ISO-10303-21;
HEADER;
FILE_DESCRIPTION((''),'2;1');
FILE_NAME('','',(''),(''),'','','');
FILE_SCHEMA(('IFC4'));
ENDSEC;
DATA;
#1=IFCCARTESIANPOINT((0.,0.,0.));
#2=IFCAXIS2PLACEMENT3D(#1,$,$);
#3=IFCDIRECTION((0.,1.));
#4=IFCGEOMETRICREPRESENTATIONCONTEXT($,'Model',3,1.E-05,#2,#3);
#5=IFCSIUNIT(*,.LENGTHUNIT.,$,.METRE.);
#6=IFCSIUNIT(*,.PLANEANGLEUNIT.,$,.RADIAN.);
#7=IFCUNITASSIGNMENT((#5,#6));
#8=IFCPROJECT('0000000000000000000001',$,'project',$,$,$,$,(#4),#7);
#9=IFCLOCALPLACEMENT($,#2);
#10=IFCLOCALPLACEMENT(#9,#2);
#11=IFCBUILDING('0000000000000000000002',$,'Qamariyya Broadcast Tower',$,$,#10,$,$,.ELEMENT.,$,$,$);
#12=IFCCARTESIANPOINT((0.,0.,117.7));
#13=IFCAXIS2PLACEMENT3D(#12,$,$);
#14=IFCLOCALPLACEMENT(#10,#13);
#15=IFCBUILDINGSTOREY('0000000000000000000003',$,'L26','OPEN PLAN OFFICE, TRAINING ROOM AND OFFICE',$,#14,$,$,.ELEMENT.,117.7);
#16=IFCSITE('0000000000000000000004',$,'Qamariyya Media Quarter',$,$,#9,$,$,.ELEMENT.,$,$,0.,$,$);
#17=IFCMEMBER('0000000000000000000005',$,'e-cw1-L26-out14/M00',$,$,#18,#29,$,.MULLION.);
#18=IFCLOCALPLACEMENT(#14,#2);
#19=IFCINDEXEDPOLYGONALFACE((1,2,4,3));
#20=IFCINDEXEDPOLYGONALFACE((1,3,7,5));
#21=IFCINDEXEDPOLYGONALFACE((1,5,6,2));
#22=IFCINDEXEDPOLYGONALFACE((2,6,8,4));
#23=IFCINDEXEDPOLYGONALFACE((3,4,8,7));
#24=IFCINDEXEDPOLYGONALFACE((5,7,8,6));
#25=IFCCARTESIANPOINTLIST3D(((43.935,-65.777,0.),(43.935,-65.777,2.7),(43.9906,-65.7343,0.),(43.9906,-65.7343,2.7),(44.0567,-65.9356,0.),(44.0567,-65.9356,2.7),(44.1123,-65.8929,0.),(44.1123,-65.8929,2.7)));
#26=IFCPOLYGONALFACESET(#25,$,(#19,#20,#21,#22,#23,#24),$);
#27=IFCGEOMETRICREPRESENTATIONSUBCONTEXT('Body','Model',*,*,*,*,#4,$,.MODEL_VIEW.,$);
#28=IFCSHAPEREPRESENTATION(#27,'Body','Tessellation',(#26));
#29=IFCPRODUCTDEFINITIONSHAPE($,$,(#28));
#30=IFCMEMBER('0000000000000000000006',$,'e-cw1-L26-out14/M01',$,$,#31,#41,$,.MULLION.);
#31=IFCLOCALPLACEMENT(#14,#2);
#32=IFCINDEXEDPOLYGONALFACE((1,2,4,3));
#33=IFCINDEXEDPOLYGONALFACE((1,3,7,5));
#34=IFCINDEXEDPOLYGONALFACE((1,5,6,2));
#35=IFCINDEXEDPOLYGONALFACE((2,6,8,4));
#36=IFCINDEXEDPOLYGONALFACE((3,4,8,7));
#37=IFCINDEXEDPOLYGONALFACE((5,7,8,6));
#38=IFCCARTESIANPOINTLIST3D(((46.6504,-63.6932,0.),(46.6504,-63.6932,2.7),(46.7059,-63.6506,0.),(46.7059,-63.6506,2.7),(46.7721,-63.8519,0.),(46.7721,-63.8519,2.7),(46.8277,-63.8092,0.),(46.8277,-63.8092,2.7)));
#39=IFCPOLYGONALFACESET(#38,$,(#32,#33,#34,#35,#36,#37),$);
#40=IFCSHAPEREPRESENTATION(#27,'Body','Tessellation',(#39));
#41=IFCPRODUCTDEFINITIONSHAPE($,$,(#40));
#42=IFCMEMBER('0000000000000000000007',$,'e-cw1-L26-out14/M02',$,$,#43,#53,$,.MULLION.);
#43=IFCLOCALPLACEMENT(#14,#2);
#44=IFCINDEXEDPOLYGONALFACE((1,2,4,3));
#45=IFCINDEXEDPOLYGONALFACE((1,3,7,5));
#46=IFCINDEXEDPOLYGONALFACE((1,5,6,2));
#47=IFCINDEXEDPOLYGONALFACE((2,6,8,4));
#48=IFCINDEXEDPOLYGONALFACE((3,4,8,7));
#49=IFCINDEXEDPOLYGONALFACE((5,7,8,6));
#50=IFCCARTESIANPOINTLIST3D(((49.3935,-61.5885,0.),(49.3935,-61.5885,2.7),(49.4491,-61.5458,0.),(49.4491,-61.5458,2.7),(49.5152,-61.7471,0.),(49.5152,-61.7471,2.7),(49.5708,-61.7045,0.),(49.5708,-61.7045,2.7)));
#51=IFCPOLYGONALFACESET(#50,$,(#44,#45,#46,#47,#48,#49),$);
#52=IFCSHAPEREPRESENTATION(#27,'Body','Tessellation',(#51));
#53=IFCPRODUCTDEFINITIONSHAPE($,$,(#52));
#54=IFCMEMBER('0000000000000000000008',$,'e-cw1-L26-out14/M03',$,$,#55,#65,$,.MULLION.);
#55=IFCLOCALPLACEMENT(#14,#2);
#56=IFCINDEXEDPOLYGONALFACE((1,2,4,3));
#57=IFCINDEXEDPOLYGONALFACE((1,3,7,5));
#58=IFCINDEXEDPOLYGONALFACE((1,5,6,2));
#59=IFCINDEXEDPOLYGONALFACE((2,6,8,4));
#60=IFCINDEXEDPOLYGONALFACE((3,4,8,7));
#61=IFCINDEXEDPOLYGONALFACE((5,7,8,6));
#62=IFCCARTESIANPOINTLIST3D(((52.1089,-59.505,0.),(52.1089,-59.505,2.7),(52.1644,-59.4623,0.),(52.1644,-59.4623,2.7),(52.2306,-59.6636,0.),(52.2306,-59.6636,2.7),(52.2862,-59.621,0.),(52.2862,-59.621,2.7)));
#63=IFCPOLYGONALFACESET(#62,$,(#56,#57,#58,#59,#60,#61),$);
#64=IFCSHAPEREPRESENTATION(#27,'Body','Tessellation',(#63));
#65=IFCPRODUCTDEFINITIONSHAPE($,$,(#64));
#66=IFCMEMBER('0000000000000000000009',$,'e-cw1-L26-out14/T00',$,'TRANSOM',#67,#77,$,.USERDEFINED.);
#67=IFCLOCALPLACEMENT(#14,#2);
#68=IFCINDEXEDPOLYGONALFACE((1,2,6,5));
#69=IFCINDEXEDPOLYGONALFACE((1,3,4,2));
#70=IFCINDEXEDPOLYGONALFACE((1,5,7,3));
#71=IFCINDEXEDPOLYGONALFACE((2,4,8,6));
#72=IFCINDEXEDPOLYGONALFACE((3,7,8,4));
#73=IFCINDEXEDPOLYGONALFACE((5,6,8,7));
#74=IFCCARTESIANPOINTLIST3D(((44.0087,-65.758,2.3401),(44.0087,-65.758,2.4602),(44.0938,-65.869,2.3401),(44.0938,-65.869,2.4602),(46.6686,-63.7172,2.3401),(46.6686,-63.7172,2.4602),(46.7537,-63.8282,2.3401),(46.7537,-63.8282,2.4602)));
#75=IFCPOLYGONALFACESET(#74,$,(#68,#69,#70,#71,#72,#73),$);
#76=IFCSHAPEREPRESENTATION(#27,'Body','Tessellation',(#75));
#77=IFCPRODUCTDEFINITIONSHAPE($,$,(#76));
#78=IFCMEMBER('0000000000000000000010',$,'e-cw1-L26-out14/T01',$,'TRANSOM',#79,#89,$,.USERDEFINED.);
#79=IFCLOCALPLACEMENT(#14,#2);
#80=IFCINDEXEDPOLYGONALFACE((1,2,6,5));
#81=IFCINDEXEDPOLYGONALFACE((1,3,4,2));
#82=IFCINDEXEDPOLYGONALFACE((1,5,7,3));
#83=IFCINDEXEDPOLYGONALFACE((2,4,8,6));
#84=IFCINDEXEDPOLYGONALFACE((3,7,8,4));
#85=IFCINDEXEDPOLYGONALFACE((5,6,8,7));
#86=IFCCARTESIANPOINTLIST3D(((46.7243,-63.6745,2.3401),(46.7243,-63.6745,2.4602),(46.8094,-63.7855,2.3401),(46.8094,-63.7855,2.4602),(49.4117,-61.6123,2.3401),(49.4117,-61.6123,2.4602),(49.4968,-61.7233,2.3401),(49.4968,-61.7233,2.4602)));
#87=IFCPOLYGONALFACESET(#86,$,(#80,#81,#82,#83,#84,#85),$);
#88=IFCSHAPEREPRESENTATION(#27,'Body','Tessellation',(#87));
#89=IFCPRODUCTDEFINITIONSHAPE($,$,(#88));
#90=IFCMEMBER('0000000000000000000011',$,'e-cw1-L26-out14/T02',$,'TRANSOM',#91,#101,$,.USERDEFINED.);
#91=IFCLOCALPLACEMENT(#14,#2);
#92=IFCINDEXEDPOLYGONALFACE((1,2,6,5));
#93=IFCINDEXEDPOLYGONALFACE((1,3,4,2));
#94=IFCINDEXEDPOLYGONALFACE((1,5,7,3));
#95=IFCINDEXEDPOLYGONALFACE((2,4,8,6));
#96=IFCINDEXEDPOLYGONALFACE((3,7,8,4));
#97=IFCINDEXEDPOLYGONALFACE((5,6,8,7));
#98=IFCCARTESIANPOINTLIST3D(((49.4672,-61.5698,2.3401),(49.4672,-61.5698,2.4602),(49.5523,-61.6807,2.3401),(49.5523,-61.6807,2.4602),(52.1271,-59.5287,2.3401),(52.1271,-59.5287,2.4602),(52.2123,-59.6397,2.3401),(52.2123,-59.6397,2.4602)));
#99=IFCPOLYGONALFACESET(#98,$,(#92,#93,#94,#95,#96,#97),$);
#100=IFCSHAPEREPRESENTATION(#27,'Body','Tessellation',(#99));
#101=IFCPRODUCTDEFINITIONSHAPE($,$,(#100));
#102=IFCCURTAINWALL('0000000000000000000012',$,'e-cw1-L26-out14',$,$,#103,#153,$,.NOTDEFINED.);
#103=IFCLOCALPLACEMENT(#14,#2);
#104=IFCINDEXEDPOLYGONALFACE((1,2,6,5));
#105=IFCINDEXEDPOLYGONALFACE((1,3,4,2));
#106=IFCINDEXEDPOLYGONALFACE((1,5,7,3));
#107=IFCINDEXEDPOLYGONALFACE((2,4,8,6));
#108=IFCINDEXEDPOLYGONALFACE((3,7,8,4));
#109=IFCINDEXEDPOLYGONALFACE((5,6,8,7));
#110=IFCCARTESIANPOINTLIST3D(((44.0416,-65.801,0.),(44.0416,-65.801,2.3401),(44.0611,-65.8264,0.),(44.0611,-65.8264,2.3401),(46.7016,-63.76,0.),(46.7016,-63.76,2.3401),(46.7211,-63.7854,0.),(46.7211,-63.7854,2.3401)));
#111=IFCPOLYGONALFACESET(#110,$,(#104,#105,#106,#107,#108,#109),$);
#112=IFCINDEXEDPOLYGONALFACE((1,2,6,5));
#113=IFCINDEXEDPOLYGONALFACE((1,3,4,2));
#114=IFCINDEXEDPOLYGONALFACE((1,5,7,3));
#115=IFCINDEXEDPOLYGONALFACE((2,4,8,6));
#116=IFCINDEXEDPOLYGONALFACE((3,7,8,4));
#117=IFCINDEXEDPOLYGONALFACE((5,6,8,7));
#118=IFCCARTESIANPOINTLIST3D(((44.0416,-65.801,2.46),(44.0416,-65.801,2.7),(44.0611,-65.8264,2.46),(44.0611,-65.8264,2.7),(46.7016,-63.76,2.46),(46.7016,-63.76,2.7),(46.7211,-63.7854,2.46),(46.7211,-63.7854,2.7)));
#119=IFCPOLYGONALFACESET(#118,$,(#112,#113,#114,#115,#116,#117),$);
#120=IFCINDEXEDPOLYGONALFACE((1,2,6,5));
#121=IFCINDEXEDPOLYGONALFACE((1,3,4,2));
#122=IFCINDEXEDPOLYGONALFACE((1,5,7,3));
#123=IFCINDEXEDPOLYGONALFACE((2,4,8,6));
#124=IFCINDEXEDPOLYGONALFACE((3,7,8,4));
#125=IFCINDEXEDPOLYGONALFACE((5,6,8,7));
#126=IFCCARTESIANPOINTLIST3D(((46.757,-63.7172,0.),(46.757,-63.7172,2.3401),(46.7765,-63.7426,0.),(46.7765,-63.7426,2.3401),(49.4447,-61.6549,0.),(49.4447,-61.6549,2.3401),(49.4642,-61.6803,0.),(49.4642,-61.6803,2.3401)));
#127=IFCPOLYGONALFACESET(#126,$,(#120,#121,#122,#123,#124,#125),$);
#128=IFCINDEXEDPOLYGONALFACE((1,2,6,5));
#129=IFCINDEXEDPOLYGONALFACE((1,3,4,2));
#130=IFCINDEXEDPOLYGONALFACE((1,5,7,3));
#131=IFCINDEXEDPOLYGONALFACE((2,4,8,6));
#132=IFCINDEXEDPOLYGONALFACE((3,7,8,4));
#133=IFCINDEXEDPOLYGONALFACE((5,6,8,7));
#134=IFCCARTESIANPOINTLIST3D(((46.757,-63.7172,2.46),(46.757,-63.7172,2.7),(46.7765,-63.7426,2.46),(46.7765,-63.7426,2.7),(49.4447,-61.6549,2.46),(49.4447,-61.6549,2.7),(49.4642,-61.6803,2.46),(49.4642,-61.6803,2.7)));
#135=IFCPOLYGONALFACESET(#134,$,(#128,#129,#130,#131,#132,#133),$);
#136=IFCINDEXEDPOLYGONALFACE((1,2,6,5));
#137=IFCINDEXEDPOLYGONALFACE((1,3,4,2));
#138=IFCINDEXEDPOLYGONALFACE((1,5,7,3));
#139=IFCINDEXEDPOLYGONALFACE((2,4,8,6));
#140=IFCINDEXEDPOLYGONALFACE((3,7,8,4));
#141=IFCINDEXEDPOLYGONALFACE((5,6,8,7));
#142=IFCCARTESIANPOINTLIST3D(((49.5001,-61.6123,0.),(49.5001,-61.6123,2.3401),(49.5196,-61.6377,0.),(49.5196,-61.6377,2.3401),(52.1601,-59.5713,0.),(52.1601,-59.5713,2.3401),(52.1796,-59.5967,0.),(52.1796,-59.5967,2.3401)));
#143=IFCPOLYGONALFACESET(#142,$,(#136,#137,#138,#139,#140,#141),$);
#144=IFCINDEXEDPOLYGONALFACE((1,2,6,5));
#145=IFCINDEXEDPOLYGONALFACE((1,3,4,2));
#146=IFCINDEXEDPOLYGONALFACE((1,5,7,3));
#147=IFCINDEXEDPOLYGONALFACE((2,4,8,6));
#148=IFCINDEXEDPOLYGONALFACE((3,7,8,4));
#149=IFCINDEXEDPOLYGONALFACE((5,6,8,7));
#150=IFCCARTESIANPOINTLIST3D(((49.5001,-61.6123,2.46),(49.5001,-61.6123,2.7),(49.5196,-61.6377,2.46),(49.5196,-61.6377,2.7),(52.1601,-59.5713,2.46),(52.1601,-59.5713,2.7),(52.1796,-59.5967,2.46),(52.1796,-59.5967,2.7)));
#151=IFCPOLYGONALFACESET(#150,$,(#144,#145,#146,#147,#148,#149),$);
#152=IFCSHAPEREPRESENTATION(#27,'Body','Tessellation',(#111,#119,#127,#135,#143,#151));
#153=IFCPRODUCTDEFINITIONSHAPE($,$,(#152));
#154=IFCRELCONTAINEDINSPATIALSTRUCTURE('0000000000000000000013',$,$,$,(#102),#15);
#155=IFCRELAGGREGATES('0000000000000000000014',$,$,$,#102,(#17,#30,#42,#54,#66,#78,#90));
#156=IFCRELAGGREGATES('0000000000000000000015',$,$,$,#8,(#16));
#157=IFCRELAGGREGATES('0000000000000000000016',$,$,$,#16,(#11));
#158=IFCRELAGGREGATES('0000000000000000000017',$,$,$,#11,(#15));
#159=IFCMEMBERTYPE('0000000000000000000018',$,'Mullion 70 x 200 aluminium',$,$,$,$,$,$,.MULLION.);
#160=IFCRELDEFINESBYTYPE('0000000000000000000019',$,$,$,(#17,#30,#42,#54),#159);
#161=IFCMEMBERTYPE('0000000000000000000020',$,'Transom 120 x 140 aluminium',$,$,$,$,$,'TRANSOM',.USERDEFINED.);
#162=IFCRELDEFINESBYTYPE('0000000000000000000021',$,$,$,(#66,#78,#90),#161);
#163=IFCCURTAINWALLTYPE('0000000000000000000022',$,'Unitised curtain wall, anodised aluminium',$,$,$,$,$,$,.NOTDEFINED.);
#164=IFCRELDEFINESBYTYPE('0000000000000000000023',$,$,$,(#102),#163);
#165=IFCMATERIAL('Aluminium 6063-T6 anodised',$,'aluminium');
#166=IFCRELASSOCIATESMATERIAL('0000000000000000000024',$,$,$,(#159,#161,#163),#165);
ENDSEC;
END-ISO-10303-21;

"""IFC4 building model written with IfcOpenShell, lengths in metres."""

from ifc_helpers import new_model, si_unit, direction, frame, origin, origin_2d, place, context, subcontext, project, spatial, rectangle, extrude, material, material_profile, profile_set, type_object, element, aggregate, save


model = new_model("IFC4")

# Units and contexts
model_context = context("Model", 3, precision=1e-05, world=origin(), true_north=direction((0.0, 1.0)))
body_context = subcontext(model_context, "Body", "Model", "MODEL_VIEW")
ifc_project = project(units=[si_unit("LENGTHUNIT", "METRE"), si_unit("PLANEANGLEUNIT", "RADIAN")], contexts=[model_context])

# Members
ifc_material_1 = material(Name="Aluminium 6063-T6 anodised", Category="aluminium")
ifc_material_profile_1 = material_profile(ifc_material_1, rectangle(XDim=0.2, YDim=0.0701, at=origin_2d()))
ifc_profile_set_1 = profile_set([ifc_material_profile_1], Name="Aluminium 6063-T6 anodised")
member_type_1 = type_object("IfcMemberType", Name="Mullion 70 x 200 aluminium", PredefinedType="MULLION", material=ifc_profile_set_1)
site_placement = place(None, origin())
building_placement = place(site_placement, origin())
storey_placement = place(building_placement, frame((0.0, 0.0, 117.7)))
member_1_placement = place(storey_placement, frame((44.0237, -65.835, 0.0), z_axis=(0.0, 0.0, 1.0), x_axis=(-0.608761, 0.793353, 0.0)))
member_1 = element("IfcMember", 1, at=member_1_placement, type_object=member_type_1, Name="e-cw1-L26-out14/M00", PredefinedType="MULLION", context=body_context, shape_type="SweptSolid", body=[
    extrude(rectangle(XDim=0.2, YDim=0.0701, at=origin_2d()), origin(), (0.0, 0.0, 1.0), 2.7),
])
member_2_placement = place(storey_placement, frame((46.739, -63.7512, 0.0), z_axis=(0.0, 0.0, 1.0), x_axis=(-0.608761, 0.793353, 0.0)))
member_2 = element("IfcMember", 2, at=member_2_placement, type_object=member_type_1, Name="e-cw1-L26-out14/M01", PredefinedType="MULLION", context=body_context, shape_type="SweptSolid", body=[
    extrude(rectangle(XDim=0.2, YDim=0.0701, at=origin_2d()), origin(), (0.0, 0.0, 1.0), 2.7),
])
member_3_placement = place(storey_placement, frame((49.4822, -61.6465, 0.0), z_axis=(0.0, 0.0, 1.0), x_axis=(-0.608761, 0.793353, 0.0)))
member_3 = element("IfcMember", 3, at=member_3_placement, type_object=member_type_1, Name="e-cw1-L26-out14/M02", PredefinedType="MULLION", context=body_context, shape_type="SweptSolid", body=[
    extrude(rectangle(XDim=0.2, YDim=0.0701, at=origin_2d()), origin(), (0.0, 0.0, 1.0), 2.7),
])
member_4_placement = place(storey_placement, frame((52.1975, -59.563, 0.0), z_axis=(0.0, 0.0, 1.0), x_axis=(-0.608761, 0.793353, 0.0)))
member_4 = element("IfcMember", 4, at=member_4_placement, type_object=member_type_1, Name="e-cw1-L26-out14/M03", PredefinedType="MULLION", context=body_context, shape_type="SweptSolid", body=[
    extrude(rectangle(XDim=0.2, YDim=0.0701, at=origin_2d()), origin(), (0.0, 0.0, 1.0), 2.7),
])
ifc_material_profile_2 = material_profile(ifc_material_1, rectangle(XDim=0.1399, YDim=0.1201, at=origin_2d()))
ifc_profile_set_2 = profile_set([ifc_material_profile_2], Name="Aluminium 6063-T6 anodised")
member_type_2 = type_object("IfcMemberType", Name="Transom 120 x 140 aluminium", ElementType="TRANSOM", PredefinedType="USERDEFINED", material=ifc_profile_set_2)
member_5_placement = place(storey_placement, frame((44.0513, -65.8135, 2.4001), z_axis=(0.793389, 0.608714, 0.0), x_axis=(-0.608714, 0.793389, 0.0)))
member_5 = element("IfcMember", 5, at=member_5_placement, type_object=member_type_2, Name="e-cw1-L26-out14/T00", ObjectType="TRANSOM", PredefinedType="USERDEFINED", context=body_context, shape_type="SweptSolid", body=[
    extrude(rectangle(XDim=0.1399, YDim=0.1201, at=origin_2d()), origin(), (0.0, 0.0, 1.0), 3.3525),
])
member_6_placement = place(storey_placement, frame((46.7668, -63.73, 2.4001), z_axis=(0.793344, 0.608773, 0.0), x_axis=(-0.608773, 0.793344, 0.0)))
member_6 = element("IfcMember", 6, at=member_6_placement, type_object=member_type_2, Name="e-cw1-L26-out14/T01", ObjectType="TRANSOM", PredefinedType="USERDEFINED", context=body_context, shape_type="SweptSolid", body=[
    extrude(rectangle(XDim=0.1399, YDim=0.1201, at=origin_2d()), origin(), (0.0, 0.0, 1.0), 3.3875),
])
member_7_placement = place(storey_placement, frame((49.5098, -61.6252, 2.4001), z_axis=(0.793354, 0.60876, 0.0), x_axis=(-0.60876, 0.793354, 0.0)))
member_7 = element("IfcMember", 7, at=member_7_placement, type_object=member_type_2, Name="e-cw1-L26-out14/T02", ObjectType="TRANSOM", PredefinedType="USERDEFINED", context=body_context, shape_type="SweptSolid", body=[
    extrude(rectangle(XDim=0.1399, YDim=0.1201, at=origin_2d()), origin(), (0.0, 0.0, 1.0), 3.3528),
])

# Site, building, storey
site = spatial("IfcSite", under=ifc_project, at=site_placement, Name="Qamariyya Media Quarter", CompositionType="ELEMENT", RefElevation=0.0)
building = spatial("IfcBuilding", under=site, at=building_placement, Name="Qamariyya Broadcast Tower", CompositionType="ELEMENT")
storey = spatial("IfcBuildingStorey", under=building, at=storey_placement, Name="L26", Description="OPEN PLAN OFFICE, TRAINING ROOM AND OFFICE", CompositionType="ELEMENT", Elevation=117.7)

# Curtain wall
curtain_wall_type = type_object("IfcCurtainWallType", Name="Unitised curtain wall, anodised aluminium", PredefinedType="NOTDEFINED", material=ifc_material_1)
curtain_wall_1_placement = place(storey_placement, origin())
curtain_wall_1 = element("IfcCurtainWall", 8, at=curtain_wall_1_placement, inside=storey, type_object=curtain_wall_type, Name="e-cw1-L26-out14", PredefinedType="NOTDEFINED", context=body_context, shape_type="SweptSolid", body=[
    extrude(rectangle(XDim=3.3528, YDim=0.032, at=origin_2d()), frame((45.3813, -64.7932, 0.0), x_axis=(0.793354, 0.608761, 0.0)), (0.0, 0.0, 1.0), 2.3401),
    extrude(rectangle(XDim=3.3528, YDim=0.032, at=origin_2d()), frame((45.3813, -64.7932, 2.46), x_axis=(0.793354, 0.608761, 0.0)), (0.0, 0.0, 1.0), 0.24),
    extrude(rectangle(XDim=3.3877, YDim=0.032, at=origin_2d()), frame((48.1106, -62.6987, 0.0), x_axis=(0.793354, 0.608761, 0.0)), (0.0, 0.0, 1.0), 2.3401),
    extrude(rectangle(XDim=3.3877, YDim=0.032, at=origin_2d()), frame((48.1106, -62.6987, 2.46), x_axis=(0.793354, 0.608761, 0.0)), (0.0, 0.0, 1.0), 0.24),
    extrude(rectangle(XDim=3.3528, YDim=0.032, at=origin_2d()), frame((50.8398, -60.6045, 0.0), x_axis=(0.793354, 0.608761, 0.0)), (0.0, 0.0, 1.0), 2.3401),
    extrude(rectangle(XDim=3.3528, YDim=0.032, at=origin_2d()), frame((50.8398, -60.6045, 2.46), x_axis=(0.793354, 0.608761, 0.0)), (0.0, 0.0, 1.0), 0.24),
])
aggregate(curtain_wall_1, [member_1, member_2, member_3, member_4, member_5, member_6, member_7])

save(model, "model.ifc")
